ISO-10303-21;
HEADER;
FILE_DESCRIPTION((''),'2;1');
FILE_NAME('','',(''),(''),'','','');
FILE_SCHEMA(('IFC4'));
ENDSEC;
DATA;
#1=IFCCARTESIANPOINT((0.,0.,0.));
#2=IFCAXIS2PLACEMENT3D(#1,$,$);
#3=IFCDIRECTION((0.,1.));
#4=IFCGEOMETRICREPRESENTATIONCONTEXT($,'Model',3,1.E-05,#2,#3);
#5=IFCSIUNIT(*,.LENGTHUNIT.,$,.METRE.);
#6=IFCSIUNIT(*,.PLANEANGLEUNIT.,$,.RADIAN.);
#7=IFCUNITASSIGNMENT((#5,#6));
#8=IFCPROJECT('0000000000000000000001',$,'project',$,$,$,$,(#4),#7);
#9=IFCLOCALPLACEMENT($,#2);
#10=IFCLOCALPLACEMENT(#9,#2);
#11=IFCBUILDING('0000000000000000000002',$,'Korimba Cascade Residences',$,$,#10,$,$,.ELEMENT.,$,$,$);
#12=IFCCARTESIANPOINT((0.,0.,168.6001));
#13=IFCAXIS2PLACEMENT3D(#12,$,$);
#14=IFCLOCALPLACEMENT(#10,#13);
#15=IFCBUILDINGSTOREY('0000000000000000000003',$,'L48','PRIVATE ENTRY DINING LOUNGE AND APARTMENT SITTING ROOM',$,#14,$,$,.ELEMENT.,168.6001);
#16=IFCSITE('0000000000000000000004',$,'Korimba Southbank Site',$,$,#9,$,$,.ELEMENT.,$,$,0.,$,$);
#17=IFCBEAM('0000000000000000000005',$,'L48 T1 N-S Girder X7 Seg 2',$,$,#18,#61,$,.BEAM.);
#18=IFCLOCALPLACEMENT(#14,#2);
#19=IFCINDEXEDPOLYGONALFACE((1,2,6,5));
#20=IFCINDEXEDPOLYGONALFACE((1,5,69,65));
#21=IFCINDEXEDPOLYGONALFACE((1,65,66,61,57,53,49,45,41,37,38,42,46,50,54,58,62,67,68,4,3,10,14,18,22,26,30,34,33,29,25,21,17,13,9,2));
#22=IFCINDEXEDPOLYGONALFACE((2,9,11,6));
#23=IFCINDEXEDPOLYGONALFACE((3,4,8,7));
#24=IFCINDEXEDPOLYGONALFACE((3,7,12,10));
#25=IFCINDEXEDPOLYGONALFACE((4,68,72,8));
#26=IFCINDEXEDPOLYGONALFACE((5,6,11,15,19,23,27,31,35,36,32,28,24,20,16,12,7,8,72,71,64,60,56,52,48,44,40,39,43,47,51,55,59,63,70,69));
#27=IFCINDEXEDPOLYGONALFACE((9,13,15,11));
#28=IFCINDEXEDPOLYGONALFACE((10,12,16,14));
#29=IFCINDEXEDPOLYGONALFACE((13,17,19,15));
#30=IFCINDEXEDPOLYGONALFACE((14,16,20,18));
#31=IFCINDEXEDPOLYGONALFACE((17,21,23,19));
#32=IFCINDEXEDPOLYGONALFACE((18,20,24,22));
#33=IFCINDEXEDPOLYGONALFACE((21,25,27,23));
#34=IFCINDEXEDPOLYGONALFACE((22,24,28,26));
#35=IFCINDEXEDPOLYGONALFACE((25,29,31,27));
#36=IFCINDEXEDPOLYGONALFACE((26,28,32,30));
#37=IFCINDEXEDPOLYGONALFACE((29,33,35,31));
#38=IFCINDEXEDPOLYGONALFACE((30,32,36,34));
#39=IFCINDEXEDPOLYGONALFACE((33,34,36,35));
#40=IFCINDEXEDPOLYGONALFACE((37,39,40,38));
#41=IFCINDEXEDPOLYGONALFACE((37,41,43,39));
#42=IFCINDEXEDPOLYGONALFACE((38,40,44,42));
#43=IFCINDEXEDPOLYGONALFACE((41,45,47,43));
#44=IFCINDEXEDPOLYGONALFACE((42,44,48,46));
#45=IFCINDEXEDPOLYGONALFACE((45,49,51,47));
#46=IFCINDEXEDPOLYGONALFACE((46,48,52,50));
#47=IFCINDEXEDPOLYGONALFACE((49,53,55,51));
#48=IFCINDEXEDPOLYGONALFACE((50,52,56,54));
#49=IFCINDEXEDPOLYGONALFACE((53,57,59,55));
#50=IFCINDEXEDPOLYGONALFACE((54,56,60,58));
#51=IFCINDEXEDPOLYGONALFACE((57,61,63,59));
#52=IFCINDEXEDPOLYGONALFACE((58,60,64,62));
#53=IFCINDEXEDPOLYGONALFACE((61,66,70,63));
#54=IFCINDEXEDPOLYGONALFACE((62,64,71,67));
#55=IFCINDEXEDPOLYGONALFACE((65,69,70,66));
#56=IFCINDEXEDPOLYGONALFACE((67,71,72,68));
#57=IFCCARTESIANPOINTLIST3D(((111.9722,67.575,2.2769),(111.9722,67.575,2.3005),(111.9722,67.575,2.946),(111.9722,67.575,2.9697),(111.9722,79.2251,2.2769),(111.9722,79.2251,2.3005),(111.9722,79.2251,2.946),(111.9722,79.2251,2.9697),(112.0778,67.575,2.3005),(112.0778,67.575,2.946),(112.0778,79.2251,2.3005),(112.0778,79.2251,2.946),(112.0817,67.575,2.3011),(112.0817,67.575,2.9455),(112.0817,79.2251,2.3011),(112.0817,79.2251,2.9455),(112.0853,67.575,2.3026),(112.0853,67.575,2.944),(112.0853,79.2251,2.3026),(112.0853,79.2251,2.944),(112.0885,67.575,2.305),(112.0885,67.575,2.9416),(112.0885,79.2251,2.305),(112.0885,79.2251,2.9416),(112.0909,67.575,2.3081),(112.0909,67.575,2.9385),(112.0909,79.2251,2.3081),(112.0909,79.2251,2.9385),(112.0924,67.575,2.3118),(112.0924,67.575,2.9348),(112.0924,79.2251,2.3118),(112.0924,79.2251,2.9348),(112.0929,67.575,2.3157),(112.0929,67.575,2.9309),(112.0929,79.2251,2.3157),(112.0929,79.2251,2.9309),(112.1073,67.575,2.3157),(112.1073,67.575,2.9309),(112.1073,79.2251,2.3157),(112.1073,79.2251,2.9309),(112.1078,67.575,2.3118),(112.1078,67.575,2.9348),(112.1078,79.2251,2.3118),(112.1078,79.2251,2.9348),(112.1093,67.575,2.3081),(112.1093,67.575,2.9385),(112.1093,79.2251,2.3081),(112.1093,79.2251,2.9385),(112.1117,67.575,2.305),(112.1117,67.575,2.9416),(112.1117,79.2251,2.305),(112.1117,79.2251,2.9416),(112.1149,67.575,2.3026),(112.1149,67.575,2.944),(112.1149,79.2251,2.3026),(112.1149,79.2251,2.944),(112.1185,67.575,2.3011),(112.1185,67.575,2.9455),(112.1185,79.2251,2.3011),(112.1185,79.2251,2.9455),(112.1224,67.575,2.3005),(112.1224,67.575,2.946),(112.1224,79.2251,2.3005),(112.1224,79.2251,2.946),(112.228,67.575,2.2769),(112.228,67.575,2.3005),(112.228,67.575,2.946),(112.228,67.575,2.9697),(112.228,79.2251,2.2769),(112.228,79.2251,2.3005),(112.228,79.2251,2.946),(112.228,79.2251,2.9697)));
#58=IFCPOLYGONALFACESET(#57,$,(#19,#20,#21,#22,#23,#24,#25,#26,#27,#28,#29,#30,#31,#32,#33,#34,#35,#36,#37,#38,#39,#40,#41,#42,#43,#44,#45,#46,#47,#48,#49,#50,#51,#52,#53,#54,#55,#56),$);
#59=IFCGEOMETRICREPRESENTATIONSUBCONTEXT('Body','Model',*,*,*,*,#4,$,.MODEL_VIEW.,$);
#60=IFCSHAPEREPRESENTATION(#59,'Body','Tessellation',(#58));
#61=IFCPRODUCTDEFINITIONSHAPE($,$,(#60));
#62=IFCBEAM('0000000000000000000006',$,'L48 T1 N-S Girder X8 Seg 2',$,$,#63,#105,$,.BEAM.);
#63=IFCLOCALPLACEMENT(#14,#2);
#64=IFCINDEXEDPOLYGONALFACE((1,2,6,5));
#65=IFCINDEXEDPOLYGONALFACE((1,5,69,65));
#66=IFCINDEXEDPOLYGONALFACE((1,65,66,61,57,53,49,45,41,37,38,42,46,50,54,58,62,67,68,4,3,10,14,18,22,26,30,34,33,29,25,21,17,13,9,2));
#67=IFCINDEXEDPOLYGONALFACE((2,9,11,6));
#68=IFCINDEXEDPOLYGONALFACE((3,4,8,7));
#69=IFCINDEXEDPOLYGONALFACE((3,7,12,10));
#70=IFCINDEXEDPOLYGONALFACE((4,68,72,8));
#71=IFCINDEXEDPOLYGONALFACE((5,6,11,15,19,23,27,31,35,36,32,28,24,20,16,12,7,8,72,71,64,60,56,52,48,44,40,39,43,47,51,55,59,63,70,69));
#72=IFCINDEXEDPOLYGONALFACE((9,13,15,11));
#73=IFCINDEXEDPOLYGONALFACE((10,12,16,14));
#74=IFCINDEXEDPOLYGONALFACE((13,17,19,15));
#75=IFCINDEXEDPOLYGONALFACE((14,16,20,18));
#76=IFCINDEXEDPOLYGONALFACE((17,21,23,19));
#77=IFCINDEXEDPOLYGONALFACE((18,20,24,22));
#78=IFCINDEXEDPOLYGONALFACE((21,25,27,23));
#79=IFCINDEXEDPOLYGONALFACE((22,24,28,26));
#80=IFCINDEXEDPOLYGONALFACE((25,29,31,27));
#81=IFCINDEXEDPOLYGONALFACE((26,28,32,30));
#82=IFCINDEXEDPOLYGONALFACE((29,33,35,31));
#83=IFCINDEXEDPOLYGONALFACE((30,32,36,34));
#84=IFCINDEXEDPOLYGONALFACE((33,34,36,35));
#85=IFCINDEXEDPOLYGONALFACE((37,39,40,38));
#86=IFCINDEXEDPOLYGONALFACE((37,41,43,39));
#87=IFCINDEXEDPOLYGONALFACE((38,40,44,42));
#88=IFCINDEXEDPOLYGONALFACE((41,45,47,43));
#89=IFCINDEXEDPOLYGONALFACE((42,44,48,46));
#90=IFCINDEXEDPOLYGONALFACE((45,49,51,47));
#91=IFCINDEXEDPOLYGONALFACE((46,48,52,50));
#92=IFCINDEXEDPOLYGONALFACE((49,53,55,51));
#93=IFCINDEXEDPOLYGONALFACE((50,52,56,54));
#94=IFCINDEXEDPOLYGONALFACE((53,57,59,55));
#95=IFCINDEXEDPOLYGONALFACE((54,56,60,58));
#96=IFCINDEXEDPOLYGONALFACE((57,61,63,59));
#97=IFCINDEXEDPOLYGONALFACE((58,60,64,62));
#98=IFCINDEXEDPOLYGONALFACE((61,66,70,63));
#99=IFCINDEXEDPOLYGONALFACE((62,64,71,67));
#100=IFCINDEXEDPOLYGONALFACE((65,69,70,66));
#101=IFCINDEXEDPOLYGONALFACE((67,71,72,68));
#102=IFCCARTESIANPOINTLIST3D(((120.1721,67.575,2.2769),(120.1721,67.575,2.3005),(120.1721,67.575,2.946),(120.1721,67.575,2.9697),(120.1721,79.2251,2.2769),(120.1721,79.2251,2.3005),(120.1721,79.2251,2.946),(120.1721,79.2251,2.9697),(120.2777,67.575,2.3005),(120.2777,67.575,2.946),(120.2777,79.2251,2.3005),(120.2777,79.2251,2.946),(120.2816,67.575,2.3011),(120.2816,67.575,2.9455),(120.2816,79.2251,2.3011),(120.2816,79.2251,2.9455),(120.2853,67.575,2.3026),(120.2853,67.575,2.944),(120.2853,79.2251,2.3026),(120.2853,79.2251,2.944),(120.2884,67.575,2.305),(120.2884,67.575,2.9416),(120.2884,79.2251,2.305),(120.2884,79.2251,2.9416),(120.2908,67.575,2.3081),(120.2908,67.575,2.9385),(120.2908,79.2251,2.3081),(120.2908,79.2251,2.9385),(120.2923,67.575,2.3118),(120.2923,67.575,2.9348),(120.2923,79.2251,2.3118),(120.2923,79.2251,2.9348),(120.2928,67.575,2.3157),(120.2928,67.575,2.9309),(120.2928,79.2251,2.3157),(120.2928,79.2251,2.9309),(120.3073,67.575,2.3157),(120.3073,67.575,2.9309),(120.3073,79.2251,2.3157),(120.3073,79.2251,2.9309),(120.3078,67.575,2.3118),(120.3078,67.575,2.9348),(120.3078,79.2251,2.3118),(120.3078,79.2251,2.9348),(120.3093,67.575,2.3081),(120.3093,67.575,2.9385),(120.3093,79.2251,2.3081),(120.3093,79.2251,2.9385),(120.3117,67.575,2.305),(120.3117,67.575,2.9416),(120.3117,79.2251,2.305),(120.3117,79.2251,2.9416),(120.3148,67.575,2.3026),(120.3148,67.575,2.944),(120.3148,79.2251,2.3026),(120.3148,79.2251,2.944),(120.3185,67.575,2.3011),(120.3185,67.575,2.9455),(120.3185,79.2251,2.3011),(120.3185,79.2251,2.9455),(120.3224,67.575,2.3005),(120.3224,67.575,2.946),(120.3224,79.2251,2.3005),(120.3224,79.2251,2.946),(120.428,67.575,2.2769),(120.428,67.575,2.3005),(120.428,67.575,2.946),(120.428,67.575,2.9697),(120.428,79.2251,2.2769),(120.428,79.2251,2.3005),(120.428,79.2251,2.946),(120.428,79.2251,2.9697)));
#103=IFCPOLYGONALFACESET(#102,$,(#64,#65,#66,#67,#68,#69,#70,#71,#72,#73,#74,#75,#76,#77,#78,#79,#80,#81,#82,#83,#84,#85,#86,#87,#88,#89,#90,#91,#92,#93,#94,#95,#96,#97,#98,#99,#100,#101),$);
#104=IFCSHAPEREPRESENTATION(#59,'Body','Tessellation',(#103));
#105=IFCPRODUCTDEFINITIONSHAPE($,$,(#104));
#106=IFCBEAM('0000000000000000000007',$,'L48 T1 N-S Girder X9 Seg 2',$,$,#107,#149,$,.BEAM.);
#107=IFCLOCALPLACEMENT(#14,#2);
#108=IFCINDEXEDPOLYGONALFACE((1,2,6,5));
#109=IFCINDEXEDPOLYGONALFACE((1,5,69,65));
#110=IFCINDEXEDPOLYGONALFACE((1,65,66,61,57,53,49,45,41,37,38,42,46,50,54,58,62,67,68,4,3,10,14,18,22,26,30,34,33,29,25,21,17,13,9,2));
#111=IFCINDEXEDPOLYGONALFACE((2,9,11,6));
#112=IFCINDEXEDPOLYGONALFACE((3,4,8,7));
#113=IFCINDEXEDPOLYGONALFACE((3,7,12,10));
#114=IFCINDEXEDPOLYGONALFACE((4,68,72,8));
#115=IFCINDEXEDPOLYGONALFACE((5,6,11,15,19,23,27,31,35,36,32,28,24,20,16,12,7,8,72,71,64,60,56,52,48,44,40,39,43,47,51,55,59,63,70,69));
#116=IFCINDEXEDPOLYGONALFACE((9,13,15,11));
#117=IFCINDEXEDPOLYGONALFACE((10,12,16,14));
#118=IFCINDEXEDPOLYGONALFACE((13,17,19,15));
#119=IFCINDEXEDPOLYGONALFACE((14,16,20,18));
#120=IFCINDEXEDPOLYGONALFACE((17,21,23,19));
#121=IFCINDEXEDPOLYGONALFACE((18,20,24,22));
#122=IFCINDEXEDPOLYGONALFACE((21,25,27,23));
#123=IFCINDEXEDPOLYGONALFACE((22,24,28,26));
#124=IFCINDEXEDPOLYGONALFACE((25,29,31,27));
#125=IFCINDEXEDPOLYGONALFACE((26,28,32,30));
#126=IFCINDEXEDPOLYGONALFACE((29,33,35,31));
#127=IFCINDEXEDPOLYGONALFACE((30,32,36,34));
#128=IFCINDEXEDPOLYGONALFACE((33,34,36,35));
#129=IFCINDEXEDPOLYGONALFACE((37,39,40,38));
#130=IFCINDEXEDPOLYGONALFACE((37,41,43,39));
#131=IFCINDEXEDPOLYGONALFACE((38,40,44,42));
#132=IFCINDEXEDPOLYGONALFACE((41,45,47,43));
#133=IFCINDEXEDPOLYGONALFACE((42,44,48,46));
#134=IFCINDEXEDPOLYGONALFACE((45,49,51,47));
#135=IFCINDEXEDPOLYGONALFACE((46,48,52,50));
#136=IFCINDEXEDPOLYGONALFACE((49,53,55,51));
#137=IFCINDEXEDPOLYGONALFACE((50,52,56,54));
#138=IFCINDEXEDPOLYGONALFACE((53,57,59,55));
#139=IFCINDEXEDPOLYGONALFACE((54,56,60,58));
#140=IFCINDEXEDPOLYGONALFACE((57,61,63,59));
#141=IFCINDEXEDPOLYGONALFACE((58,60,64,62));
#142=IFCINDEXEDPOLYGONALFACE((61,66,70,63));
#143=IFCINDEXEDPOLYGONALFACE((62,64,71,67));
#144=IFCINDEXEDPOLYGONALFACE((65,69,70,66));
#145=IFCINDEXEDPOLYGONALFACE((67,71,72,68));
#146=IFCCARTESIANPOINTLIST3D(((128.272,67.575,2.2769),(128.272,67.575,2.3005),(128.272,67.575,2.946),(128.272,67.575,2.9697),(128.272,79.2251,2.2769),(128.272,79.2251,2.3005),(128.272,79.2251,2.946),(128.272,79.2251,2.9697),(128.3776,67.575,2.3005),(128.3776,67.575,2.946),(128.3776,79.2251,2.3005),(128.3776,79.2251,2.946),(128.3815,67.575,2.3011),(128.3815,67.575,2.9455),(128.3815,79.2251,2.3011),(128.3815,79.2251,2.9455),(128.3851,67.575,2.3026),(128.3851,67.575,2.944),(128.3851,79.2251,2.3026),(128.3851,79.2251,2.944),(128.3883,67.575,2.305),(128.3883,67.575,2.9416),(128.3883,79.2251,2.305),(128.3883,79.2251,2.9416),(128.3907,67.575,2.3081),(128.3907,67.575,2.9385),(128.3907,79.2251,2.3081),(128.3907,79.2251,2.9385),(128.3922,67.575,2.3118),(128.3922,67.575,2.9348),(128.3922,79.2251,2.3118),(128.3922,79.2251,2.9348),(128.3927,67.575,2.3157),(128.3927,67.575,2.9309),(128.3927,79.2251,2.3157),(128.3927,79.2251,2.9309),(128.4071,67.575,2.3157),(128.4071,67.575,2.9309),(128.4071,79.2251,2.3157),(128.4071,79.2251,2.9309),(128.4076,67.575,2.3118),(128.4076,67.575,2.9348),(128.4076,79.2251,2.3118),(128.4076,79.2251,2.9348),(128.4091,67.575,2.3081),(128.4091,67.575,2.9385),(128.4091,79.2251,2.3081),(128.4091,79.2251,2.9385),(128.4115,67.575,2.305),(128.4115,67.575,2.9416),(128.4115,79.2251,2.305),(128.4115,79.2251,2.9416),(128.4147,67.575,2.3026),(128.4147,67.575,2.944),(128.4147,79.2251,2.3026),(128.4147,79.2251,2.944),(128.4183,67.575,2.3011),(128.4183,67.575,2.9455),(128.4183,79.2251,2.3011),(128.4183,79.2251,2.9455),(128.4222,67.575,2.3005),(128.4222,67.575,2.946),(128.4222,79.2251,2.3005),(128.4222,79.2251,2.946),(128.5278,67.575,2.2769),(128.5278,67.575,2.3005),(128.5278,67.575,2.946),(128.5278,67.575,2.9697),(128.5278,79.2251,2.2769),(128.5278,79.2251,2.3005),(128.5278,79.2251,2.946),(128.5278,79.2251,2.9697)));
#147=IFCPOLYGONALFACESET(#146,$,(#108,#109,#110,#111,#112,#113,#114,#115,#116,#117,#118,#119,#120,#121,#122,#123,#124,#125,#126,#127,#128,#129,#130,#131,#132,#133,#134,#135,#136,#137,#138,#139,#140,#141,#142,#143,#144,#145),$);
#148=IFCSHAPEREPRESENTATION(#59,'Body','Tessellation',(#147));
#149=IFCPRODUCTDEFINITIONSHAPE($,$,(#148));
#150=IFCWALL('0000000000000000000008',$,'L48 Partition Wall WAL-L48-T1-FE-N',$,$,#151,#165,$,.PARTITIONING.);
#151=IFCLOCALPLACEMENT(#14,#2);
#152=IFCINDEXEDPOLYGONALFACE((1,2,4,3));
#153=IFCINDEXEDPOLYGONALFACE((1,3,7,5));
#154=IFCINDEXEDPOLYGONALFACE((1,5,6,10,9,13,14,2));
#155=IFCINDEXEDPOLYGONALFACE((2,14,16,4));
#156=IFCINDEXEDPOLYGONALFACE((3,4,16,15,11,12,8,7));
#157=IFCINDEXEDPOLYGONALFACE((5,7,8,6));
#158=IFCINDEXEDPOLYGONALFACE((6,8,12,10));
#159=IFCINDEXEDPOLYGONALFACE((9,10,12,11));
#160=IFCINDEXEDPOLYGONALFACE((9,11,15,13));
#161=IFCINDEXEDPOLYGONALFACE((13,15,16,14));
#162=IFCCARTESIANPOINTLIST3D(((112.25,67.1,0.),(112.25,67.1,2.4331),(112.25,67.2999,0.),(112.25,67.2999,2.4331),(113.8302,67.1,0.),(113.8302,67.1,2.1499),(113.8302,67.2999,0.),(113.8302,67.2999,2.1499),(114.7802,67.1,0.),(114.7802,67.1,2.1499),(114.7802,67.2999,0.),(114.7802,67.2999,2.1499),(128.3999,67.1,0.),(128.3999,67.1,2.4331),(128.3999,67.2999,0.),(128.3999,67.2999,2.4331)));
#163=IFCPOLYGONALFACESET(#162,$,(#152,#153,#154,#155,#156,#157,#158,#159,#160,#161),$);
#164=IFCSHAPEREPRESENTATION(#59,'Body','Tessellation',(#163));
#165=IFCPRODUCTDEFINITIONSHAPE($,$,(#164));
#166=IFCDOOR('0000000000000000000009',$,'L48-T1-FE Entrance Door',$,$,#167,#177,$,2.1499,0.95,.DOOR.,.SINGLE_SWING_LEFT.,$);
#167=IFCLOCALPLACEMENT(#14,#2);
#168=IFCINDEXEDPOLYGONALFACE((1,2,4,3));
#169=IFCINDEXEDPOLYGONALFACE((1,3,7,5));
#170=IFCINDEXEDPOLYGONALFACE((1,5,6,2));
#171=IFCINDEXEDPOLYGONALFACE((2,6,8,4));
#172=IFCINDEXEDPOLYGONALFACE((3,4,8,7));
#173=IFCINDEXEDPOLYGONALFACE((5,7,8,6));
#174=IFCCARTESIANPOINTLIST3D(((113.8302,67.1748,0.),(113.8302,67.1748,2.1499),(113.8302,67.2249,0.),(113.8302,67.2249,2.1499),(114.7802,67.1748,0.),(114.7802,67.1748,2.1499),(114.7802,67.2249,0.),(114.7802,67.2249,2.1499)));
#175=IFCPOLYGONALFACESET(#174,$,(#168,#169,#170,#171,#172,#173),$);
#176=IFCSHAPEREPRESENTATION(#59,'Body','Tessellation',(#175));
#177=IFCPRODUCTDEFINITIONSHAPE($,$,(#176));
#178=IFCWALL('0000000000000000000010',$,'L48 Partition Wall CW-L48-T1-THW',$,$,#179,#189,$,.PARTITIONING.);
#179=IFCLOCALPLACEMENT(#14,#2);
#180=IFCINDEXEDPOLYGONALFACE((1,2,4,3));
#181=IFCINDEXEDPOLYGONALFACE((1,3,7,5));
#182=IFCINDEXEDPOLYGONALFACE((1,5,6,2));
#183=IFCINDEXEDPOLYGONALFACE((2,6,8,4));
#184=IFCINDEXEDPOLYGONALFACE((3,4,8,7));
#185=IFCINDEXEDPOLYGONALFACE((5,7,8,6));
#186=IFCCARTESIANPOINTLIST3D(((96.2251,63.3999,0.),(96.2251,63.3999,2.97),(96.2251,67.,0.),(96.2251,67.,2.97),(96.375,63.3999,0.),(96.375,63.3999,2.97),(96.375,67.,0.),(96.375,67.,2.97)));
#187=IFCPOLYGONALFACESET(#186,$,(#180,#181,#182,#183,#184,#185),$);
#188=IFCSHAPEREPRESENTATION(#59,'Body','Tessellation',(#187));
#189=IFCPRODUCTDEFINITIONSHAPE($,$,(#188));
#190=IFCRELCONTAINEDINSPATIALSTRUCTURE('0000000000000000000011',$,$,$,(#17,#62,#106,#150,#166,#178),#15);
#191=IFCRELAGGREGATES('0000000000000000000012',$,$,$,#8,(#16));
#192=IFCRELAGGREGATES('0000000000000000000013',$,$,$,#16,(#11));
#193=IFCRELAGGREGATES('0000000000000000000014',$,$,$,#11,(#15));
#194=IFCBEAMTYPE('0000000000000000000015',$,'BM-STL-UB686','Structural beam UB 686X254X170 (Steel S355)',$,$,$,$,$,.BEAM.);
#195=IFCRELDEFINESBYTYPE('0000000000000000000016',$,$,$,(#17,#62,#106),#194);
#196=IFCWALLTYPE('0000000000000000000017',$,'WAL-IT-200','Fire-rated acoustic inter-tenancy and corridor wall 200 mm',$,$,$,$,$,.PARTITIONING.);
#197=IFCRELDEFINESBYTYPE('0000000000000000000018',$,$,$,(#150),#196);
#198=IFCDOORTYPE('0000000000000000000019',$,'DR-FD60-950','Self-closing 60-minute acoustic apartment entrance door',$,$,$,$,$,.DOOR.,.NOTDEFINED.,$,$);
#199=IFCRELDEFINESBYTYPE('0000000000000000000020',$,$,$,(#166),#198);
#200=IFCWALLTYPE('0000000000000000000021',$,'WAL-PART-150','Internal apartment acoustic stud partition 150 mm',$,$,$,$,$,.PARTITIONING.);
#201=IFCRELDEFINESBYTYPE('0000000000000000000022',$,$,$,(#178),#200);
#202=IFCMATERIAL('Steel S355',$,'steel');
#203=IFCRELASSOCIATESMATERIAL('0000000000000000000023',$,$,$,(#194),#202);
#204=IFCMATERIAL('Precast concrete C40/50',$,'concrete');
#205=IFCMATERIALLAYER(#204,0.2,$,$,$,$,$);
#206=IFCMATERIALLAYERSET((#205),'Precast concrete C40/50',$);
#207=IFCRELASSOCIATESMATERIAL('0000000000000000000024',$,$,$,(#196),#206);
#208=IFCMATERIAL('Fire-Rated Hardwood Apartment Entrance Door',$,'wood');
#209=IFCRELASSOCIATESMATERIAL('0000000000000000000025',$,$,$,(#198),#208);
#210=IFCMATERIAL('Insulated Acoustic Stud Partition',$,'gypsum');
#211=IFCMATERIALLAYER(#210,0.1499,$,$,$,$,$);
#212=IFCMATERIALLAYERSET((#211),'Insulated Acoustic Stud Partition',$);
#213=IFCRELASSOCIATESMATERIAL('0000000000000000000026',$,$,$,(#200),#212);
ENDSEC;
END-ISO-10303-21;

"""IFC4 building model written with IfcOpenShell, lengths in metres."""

from ifc_helpers import new_model, si_unit, direction, frame, frame_2d, origin, origin_2d, place, context, subcontext, project, spatial, rectangle, i_section, extrude, material, layer, layer_set, material_profile, profile_set, type_object, element, fill, save


model = new_model("IFC4")

# Units and contexts
model_context = context("Model", 3, precision=1e-05, world=origin(), true_north=direction((0.0, 1.0)))
body_context = subcontext(model_context, "Body", "Model", "MODEL_VIEW")
ifc_project = project(units=[si_unit("LENGTHUNIT", "METRE"), si_unit("PLANEANGLEUNIT", "RADIAN")], contexts=[model_context])

# Site, building, storey
site_placement = place(None, origin())
site = spatial("IfcSite", under=ifc_project, at=site_placement, Name="Korimba Southbank Site", CompositionType="ELEMENT", RefElevation=0.0)
building_placement = place(site_placement, origin())
building = spatial("IfcBuilding", under=site, at=building_placement, Name="Korimba Cascade Residences", CompositionType="ELEMENT")
storey_placement = place(building_placement, frame((0.0, 0.0, 168.6001)))
storey = spatial("IfcBuildingStorey", under=building, at=storey_placement, Name="L48", Description="PRIVATE ENTRY DINING LOUNGE AND APARTMENT SITTING ROOM", CompositionType="ELEMENT", Elevation=168.6001)

# Beams
ifc_material_1 = material(Name="Steel S355", Category="steel")
ifc_material_profile_1 = material_profile(ifc_material_1, i_section(OverallWidth=0.2559, OverallDepth=0.6929, WebThickness=0.0144, FlangeThickness=0.0237, FilletRadius=0.0151, at=origin_2d()), Name="Steel S355")
ifc_profile_set_1 = profile_set([ifc_material_profile_1], Name="Steel S355")
beam_type_1 = type_object("IfcBeamType", Name="BM-STL-UB686", Description="Structural beam UB 686X254X170 (Steel S355)", PredefinedType="BEAM", material=ifc_profile_set_1)
for number, where, z_axis, x_axis, name in (
    (1, (112.1001, 67.575, 2.6233), (0.0, 1.0, 0.0), (-1.0, 0.0, 0.0), "L48 T1 N-S Girder X7 Seg 2"),
    (2, (120.3, 67.575, 2.6233), (0.0, 1.0, 0.0), (-1.0, 0.0, 0.0), "L48 T1 N-S Girder X8 Seg 2"),
    (3, (128.3999, 67.575, 2.6233), (0.0, 1.0, 0.0), (-1.0, 0.0, 0.0), "L48 T1 N-S Girder X9 Seg 2"),
):
    element("IfcBeam", number, at=place(storey_placement, frame(where, z_axis=z_axis, x_axis=x_axis)), inside=storey, type_object=beam_type_1, Name=name, PredefinedType="BEAM", context=body_context, shape_type="SweptSolid", body=[
        extrude(i_section(OverallWidth=0.2559, OverallDepth=0.6929, WebThickness=0.0144, FlangeThickness=0.0237, FilletRadius=0.0151, at=origin_2d()), origin(), (0.0, 0.0, 1.0), 11.6501),
    ])

# Wall, opening, door
ifc_material_2 = material(Name="Precast concrete C40/50", Category="concrete")
ifc_layer_1 = layer(ifc_material_2, 0.2)
ifc_layer_set_1 = layer_set([ifc_layer_1], Name="Precast concrete C40/50")
wall_type_1 = type_object("IfcWallType", Name="WAL-IT-200", Description="Fire-rated acoustic inter-tenancy and corridor wall 200 mm", PredefinedType="PARTITIONING", material=ifc_layer_set_1)
wall_1_placement = place(storey_placement, frame((112.25, 67.2, 0.0), z_axis=(0.0, 0.0, 1.0), x_axis=(1.0, 0.0, 0.0)))
wall_1 = element("IfcWall", 4, at=wall_1_placement, inside=storey, type_object=wall_type_1, Name="L48 Partition Wall WAL-L48-T1-FE-N", PredefinedType="PARTITIONING", context=body_context, shape_type="SweptSolid", body=[
    extrude(rectangle(XDim=16.1499, YDim=0.2, at=frame_2d((8.075, 0.0))), origin(), (0.0, 0.0, 1.0), 2.4331),
])
opening_1_placement = place(wall_1_placement, frame((1.5801, 0.0, 0.0)))
opening_1 = element("IfcOpeningElement", 5, at=opening_1_placement, cuts=wall_1, PredefinedType="OPENING", context=body_context, shape_type="SweptSolid", body=[
    extrude(rectangle(XDim=0.95, YDim=2.1499, at=frame_2d((0.4751, 1.075))), frame((0.0, 0.1099, 0.0), z_axis=(0.0, -1.0, 0.0), x_axis=(1.0, 0.0, 0.0)), (0.0, 0.0, 1.0), 0.22),
])
ifc_material_3 = material(Name="Fire-Rated Hardwood Apartment Entrance Door", Category="wood")
door_type_1 = type_object("IfcDoorType", Name="DR-FD60-950", Description="Self-closing 60-minute acoustic apartment entrance door", OperationType="NOTDEFINED", PredefinedType="DOOR", material=ifc_material_3)
door_1_placement = place(opening_1_placement, origin())
door_1 = element("IfcDoor", 6, at=door_1_placement, inside=storey, type_object=door_type_1, Name="L48-T1-FE Entrance Door", OperationType="SINGLE_SWING_LEFT", OverallHeight=2.1499, OverallWidth=0.95, PredefinedType="DOOR", context=body_context, shape_type="SweptSolid", body=[
    extrude(rectangle(XDim=0.95, YDim=2.1499, at=frame_2d((0.4751, 1.075))), frame((0.0, 0.0249, 0.0), z_axis=(0.0, -1.0, 0.0), x_axis=(1.0, 0.0, 0.0)), (0.0, 0.0, 1.0), 0.05),
])
fill(opening_1, door_1)

# Wall
ifc_material_4 = material(Name="Insulated Acoustic Stud Partition", Category="gypsum")
ifc_layer_2 = layer(ifc_material_4, 0.1499)
ifc_layer_set_2 = layer_set([ifc_layer_2], Name="Insulated Acoustic Stud Partition")
wall_type_2 = type_object("IfcWallType", Name="WAL-PART-150", Description="Internal apartment acoustic stud partition 150 mm", PredefinedType="PARTITIONING", material=ifc_layer_set_2)
for number, where, z_axis, x_axis, name in (
    (7, (96.3, 63.3999, 0.0), (0.0, 0.0, 1.0), (0.0, 1.0, 0.0), "L48 Partition Wall CW-L48-T1-THW"),
):
    element("IfcWall", number, at=place(storey_placement, frame(where, z_axis=z_axis, x_axis=x_axis)), inside=storey, type_object=wall_type_2, Name=name, PredefinedType="PARTITIONING", context=body_context, shape_type="SweptSolid", body=[
        extrude(rectangle(XDim=3.6001, YDim=0.1499, at=frame_2d((1.8, 0.0))), origin(), (0.0, 0.0, 1.0), 2.97),
    ])

save(model, "model.ifc")
